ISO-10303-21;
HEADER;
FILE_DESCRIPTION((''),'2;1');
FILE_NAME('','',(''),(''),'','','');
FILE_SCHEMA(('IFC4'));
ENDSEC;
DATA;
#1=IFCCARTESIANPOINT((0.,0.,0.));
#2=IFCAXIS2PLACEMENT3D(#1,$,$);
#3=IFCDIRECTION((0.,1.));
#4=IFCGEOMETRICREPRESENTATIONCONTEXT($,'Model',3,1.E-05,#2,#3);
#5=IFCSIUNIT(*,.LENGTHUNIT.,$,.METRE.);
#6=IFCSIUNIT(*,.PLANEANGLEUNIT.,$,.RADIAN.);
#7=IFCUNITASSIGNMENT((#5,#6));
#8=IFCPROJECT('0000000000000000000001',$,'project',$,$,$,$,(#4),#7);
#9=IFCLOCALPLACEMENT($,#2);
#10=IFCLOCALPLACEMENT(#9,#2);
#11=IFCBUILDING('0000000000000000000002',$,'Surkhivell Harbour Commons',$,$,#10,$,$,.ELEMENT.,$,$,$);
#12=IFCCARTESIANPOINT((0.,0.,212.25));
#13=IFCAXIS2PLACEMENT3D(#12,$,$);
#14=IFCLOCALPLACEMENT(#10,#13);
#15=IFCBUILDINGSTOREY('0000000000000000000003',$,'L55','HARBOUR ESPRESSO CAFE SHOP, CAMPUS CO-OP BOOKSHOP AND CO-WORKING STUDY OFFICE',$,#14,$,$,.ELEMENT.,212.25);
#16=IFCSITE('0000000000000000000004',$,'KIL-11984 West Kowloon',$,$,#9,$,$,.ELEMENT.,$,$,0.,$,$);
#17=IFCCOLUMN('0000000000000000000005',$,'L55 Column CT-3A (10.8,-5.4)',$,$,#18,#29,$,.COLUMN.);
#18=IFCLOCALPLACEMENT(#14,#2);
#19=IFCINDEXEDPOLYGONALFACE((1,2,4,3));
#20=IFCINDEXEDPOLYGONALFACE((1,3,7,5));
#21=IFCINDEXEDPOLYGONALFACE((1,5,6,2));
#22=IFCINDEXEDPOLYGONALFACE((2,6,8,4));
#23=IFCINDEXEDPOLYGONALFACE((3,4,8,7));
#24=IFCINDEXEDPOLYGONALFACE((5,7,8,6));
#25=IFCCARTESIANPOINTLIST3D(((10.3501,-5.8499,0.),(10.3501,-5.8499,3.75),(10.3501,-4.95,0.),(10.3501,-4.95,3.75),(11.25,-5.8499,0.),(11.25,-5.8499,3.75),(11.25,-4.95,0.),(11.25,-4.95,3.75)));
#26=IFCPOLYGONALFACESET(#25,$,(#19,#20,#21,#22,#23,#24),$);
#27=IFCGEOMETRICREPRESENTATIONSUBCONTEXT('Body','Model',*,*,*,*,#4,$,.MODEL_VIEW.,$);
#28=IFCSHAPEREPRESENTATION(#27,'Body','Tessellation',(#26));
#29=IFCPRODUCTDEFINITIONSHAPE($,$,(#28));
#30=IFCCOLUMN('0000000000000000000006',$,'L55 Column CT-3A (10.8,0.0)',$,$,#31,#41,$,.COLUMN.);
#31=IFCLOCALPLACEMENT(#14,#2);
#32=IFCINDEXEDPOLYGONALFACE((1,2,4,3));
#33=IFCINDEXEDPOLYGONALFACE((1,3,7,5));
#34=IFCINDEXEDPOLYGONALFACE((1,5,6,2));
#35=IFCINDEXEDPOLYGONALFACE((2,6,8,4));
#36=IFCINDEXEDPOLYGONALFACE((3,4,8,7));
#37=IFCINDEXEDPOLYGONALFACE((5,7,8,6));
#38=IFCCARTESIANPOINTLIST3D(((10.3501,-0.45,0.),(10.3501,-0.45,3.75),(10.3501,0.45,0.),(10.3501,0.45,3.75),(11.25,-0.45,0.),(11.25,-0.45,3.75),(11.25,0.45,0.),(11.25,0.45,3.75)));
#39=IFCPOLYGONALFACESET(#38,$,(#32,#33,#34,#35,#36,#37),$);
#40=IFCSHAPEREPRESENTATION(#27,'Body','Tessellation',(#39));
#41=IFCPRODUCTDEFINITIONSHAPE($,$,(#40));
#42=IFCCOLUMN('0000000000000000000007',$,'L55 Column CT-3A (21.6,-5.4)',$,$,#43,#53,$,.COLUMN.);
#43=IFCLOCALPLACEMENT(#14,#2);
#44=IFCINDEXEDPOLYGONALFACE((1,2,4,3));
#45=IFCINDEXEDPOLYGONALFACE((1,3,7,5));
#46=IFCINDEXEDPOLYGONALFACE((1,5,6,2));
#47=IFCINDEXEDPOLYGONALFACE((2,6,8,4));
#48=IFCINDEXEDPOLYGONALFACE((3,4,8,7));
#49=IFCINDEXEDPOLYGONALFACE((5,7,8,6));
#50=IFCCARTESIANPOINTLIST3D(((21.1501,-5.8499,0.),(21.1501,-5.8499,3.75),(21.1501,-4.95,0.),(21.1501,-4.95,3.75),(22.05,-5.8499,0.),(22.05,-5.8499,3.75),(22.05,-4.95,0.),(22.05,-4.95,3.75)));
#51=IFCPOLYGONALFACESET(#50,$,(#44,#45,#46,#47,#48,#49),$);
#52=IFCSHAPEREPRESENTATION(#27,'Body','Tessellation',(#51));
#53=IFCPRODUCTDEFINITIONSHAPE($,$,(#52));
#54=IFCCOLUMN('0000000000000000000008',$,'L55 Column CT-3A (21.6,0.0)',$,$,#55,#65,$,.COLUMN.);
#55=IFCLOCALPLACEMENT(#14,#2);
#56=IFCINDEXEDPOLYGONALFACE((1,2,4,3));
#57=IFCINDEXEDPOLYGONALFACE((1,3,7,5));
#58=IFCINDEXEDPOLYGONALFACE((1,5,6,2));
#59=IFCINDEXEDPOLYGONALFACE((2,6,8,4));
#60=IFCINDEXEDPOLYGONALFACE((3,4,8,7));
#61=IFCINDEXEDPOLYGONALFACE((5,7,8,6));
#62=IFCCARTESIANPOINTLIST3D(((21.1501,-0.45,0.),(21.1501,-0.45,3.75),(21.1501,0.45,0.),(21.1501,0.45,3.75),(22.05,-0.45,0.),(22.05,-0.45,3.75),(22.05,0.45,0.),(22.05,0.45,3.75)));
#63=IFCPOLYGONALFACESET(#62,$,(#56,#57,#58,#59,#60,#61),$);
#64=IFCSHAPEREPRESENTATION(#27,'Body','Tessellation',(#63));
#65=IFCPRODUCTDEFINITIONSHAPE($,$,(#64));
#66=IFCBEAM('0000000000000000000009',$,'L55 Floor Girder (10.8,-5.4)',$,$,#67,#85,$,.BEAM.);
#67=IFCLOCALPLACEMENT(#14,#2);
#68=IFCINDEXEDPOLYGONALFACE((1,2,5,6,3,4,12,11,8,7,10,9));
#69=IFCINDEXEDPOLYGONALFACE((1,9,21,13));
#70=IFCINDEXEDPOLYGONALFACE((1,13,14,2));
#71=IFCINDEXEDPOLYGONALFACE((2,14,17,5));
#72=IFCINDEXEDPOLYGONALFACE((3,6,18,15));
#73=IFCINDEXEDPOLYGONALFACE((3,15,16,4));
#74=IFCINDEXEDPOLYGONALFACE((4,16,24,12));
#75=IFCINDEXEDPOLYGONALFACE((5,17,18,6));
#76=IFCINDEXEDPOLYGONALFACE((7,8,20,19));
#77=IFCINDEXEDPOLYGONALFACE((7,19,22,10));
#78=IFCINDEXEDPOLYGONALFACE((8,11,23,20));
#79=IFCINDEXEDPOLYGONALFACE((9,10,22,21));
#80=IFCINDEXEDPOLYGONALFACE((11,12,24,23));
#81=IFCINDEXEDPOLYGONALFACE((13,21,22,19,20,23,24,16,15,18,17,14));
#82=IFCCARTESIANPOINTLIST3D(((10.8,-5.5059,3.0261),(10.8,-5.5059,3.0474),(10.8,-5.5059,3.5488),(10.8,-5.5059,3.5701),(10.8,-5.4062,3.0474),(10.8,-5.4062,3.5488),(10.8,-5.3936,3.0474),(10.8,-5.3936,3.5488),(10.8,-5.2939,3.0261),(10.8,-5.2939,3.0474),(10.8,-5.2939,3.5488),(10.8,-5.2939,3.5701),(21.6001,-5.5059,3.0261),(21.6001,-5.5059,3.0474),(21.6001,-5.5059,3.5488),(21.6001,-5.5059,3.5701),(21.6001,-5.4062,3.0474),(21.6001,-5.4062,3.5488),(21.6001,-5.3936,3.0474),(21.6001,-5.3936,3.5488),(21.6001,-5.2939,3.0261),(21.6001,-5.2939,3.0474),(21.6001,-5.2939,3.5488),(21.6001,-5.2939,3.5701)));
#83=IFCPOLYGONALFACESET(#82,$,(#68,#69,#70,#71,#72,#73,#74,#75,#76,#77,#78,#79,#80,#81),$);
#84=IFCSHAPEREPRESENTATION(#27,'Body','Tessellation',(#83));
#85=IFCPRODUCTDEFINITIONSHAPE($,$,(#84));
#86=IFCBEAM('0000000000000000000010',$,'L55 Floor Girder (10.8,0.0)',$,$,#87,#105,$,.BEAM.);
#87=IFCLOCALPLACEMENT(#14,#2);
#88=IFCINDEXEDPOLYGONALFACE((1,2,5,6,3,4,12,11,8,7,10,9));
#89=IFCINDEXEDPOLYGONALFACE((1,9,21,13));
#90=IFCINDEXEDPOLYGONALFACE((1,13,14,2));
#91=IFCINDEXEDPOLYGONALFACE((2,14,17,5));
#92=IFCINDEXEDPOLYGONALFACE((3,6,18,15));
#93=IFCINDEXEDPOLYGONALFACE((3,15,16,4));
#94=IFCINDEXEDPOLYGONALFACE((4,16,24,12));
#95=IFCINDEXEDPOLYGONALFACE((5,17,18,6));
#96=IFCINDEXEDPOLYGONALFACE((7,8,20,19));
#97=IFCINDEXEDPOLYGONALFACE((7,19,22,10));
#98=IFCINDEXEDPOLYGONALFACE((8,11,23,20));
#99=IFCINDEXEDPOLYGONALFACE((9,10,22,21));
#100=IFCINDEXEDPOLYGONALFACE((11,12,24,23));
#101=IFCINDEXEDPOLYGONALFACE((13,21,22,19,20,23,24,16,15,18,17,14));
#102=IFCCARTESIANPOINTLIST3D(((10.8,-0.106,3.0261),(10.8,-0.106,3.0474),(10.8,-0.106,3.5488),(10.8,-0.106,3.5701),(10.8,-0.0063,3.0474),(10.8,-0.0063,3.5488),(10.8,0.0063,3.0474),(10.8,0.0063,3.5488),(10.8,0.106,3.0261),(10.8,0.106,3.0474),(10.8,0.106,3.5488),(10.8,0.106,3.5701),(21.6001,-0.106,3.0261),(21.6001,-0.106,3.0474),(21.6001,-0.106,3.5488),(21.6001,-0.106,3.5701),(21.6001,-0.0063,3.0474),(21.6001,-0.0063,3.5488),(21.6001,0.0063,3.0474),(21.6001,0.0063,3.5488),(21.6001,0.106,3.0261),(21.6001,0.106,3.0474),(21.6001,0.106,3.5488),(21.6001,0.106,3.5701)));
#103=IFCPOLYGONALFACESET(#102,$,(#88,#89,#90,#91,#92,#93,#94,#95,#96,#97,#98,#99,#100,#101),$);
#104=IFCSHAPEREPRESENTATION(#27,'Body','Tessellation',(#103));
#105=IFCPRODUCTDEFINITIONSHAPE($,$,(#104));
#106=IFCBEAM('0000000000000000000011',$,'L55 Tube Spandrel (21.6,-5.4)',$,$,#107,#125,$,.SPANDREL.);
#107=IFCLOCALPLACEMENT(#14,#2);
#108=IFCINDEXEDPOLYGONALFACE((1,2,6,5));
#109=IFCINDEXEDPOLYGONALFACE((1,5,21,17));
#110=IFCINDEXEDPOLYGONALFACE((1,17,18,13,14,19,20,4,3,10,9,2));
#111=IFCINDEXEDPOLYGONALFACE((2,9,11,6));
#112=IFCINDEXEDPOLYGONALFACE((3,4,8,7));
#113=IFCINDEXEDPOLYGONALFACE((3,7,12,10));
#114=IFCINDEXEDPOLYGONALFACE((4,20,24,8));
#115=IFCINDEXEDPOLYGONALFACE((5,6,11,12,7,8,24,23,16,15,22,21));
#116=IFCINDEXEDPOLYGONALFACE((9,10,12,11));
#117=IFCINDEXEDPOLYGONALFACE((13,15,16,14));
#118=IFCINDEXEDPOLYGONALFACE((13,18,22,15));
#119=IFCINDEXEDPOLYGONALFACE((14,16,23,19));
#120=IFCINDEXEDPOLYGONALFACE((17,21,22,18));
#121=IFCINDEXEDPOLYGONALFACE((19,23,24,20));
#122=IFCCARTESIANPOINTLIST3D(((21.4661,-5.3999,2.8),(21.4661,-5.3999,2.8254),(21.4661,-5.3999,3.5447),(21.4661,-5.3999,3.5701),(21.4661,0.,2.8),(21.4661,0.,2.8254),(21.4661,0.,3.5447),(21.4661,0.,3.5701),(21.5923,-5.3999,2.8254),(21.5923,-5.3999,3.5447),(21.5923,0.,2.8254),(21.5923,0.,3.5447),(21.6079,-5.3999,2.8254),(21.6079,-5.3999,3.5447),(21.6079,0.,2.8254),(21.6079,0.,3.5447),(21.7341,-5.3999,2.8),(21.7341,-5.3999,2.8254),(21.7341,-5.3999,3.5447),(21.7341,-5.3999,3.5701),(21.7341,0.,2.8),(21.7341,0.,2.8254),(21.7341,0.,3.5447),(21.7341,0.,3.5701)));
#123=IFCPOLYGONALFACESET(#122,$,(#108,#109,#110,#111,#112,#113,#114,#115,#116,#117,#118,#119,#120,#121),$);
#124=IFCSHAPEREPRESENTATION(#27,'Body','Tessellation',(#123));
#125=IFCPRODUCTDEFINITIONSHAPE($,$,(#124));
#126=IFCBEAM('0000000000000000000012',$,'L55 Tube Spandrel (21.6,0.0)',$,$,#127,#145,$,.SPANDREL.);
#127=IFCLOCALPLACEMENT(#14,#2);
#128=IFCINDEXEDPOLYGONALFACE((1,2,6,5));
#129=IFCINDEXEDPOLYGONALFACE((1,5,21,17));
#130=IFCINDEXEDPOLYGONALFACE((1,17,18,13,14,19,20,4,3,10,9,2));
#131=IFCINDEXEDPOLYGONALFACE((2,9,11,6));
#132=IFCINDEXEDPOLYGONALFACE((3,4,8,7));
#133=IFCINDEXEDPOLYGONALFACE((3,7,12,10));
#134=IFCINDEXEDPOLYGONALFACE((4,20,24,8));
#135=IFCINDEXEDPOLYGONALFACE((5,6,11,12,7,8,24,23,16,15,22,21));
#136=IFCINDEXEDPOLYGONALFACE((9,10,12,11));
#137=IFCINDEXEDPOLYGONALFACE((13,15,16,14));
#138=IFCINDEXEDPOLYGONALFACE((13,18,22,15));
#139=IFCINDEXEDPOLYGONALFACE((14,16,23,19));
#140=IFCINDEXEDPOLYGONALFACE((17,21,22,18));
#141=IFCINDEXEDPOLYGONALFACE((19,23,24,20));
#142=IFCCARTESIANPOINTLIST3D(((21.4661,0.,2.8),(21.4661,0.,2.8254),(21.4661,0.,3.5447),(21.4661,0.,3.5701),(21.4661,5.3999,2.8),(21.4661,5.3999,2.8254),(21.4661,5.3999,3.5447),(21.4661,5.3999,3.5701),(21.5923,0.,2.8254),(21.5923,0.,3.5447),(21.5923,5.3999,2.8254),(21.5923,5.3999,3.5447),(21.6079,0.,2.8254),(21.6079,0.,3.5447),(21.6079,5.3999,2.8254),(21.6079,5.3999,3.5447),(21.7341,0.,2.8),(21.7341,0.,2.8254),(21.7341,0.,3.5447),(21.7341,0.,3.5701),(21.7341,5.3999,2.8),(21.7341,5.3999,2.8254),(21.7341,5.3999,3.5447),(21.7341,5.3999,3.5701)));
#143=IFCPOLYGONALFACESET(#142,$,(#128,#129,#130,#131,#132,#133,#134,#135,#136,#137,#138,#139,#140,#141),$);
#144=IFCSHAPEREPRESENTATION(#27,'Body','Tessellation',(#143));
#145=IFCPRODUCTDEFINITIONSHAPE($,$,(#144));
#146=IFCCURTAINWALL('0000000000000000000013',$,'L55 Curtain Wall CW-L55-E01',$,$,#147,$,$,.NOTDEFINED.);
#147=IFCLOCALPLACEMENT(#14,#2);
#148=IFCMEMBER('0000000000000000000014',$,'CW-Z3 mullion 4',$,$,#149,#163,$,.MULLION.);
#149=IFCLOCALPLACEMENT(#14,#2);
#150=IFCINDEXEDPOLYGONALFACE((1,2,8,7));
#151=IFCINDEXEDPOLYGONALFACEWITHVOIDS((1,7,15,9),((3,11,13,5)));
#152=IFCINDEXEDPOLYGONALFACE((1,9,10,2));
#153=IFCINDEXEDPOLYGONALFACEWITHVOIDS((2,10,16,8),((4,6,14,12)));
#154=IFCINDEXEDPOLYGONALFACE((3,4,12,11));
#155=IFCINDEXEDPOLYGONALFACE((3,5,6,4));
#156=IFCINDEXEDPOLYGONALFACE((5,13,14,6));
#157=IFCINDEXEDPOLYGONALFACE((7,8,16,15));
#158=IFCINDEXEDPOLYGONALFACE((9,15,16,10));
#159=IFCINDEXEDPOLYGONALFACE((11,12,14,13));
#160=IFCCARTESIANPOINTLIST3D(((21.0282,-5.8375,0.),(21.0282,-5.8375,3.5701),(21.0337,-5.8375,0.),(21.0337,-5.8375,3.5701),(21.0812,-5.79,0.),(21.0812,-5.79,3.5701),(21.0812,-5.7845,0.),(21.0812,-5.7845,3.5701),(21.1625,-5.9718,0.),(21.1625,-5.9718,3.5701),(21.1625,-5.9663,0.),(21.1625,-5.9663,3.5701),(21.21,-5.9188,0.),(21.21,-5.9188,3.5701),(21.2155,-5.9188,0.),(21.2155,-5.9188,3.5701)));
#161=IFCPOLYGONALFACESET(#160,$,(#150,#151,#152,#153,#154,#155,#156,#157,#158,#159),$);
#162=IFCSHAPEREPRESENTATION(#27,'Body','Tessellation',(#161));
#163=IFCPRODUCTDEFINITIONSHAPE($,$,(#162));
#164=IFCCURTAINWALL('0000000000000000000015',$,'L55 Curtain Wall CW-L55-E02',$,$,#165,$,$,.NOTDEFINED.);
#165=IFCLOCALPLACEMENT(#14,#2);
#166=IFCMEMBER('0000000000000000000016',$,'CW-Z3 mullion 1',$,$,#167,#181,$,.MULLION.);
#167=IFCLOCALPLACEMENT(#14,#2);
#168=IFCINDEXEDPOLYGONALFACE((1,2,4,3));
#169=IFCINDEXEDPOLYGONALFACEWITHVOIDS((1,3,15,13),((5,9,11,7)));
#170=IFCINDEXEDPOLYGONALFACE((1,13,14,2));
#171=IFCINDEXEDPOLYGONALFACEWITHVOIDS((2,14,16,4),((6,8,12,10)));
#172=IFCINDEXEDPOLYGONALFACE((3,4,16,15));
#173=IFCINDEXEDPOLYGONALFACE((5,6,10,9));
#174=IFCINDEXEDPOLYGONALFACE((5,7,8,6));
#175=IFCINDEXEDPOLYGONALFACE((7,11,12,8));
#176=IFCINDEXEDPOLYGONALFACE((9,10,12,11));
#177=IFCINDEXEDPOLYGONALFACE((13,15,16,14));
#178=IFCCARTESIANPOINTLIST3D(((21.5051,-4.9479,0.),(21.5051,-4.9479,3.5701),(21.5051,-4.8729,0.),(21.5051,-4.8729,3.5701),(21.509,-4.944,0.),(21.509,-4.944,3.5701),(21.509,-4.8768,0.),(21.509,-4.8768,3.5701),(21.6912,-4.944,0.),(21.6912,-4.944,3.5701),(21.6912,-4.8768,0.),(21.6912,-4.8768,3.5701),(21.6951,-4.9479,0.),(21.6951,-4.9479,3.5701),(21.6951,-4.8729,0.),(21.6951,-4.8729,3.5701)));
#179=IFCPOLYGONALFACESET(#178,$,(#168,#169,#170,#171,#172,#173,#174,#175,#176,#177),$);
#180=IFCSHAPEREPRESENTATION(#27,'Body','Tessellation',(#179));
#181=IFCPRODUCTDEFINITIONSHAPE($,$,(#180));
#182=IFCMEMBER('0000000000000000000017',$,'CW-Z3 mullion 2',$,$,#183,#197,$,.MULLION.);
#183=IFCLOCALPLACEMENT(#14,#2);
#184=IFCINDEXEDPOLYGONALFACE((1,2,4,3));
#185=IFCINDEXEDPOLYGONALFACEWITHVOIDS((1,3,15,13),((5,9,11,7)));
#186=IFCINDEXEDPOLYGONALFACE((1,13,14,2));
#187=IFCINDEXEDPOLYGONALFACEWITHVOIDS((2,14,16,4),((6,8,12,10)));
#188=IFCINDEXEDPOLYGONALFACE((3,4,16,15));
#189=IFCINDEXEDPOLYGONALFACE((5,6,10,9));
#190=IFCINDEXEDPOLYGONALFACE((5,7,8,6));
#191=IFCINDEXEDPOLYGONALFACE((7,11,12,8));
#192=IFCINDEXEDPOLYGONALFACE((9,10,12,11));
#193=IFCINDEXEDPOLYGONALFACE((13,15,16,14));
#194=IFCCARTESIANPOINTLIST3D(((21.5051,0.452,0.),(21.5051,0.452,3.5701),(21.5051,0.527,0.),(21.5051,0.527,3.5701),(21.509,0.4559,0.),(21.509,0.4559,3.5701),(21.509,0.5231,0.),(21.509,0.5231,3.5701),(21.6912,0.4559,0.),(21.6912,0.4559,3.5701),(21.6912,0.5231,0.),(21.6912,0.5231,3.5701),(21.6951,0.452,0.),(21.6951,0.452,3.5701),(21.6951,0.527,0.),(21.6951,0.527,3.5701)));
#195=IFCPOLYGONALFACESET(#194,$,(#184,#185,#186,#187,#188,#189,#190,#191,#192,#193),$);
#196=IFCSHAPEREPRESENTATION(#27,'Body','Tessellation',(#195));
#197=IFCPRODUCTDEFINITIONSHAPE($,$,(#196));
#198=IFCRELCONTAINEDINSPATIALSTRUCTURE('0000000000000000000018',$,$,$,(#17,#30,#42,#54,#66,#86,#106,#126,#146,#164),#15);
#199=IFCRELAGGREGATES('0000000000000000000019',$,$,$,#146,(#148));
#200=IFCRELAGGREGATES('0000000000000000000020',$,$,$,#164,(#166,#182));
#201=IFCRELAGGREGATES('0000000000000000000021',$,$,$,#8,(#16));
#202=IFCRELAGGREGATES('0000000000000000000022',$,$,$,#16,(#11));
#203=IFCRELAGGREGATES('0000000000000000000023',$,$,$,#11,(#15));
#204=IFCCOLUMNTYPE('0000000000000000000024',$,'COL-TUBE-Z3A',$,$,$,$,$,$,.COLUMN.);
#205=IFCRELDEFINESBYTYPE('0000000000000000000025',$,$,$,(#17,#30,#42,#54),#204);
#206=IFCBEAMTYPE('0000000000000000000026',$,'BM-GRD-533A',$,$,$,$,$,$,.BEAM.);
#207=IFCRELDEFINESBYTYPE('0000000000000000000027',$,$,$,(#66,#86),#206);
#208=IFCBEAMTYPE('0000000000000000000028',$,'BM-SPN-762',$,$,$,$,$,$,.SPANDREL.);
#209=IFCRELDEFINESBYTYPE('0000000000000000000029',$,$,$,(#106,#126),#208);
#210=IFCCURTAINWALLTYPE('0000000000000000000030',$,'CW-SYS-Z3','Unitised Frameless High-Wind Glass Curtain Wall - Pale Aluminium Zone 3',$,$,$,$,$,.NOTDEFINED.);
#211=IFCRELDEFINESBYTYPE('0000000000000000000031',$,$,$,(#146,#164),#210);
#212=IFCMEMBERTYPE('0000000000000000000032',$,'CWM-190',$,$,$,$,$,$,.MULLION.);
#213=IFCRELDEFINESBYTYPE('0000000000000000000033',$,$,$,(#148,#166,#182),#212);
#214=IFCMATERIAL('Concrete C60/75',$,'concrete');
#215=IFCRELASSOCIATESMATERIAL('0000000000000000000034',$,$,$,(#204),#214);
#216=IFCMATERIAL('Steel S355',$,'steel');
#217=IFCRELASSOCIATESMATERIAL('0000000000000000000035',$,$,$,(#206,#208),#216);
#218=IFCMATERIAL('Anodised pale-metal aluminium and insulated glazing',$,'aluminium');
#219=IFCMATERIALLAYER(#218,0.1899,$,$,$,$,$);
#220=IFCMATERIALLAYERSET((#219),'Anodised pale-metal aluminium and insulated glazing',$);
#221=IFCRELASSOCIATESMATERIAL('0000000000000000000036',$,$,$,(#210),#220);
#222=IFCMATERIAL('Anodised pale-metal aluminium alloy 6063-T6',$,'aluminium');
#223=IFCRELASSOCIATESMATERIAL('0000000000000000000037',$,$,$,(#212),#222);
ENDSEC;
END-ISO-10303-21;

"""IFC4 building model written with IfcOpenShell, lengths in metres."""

from ifc_helpers import new_model, si_unit, direction, frame, origin, origin_2d, place, context, subcontext, project, spatial, rectangle, hollow_rectangle, i_section, extrude, material, layer, layer_set, material_profile, profile_set, type_object, element, aggregate, save


model = new_model("IFC4")

# Units and contexts
model_context = context("Model", 3, precision=1e-05, world=origin(), true_north=direction((0.0, 1.0)))
body_context = subcontext(model_context, "Body", "Model", "MODEL_VIEW")
ifc_project = project(units=[si_unit("LENGTHUNIT", "METRE"), si_unit("PLANEANGLEUNIT", "RADIAN")], contexts=[model_context])

# Site, building, storey
site_placement = place(None, origin())
site = spatial("IfcSite", under=ifc_project, at=site_placement, Name="KIL-11984 West Kowloon", CompositionType="ELEMENT", RefElevation=0.0)
building_placement = place(site_placement, origin())
building = spatial("IfcBuilding", under=site, at=building_placement, Name="Surkhivell Harbour Commons", CompositionType="ELEMENT")
storey_placement = place(building_placement, frame((0.0, 0.0, 212.25)))
storey = spatial("IfcBuildingStorey", under=building, at=storey_placement, Name="L55", Description="HARBOUR ESPRESSO CAFE SHOP, CAMPUS CO-OP BOOKSHOP AND CO-WORKING STUDY OFFICE", CompositionType="ELEMENT", Elevation=212.25)

# Columns
ifc_material_1 = material(Name="Concrete C60/75", Category="concrete")
ifc_material_profile_1 = material_profile(ifc_material_1, rectangle(XDim=0.8999, YDim=0.8999, at=origin_2d()), Name="RC-COL-900x900")
ifc_profile_set_1 = profile_set([ifc_material_profile_1], Name="Concrete C60/75")
column_type = type_object("IfcColumnType", Name="COL-TUBE-Z3A", PredefinedType="COLUMN", material=ifc_profile_set_1)
for number, where, z_axis, x_axis, name in (
    (1, (10.8, -5.3999, 0.0), (0.0, 0.0, 1.0), (1.0, 0.0, 0.0), "L55 Column CT-3A (10.8,-5.4)"),
    (2, (10.8, 0.0, 0.0), (0.0, 0.0, 1.0), (1.0, 0.0, 0.0), "L55 Column CT-3A (10.8,0.0)"),
    (3, (21.6001, -5.3999, 0.0), (0.0, 0.0, 1.0), (1.0, 0.0, 0.0), "L55 Column CT-3A (21.6,-5.4)"),
    (4, (21.6001, 0.0, 0.0), (0.0, 0.0, 1.0), (1.0, 0.0, 0.0), "L55 Column CT-3A (21.6,0.0)"),
):
    element("IfcColumn", number, at=place(storey_placement, frame(where, z_axis=z_axis, x_axis=x_axis)), inside=storey, type_object=column_type, Name=name, PredefinedType="COLUMN", context=body_context, shape_type="SweptSolid", body=[
        extrude(rectangle(XDim=0.8999, YDim=0.8999, at=origin_2d()), origin(), (0.0, 0.0, 1.0), 3.75),
    ])

# Beams
ifc_material_2 = material(Name="Steel S355", Category="steel")
ifc_material_profile_2 = material_profile(ifc_material_2, i_section(OverallWidth=0.2119, OverallDepth=0.5439, WebThickness=0.0127, FlangeThickness=0.0212, at=origin_2d()), Name="UB533x210x122")
ifc_profile_set_2 = profile_set([ifc_material_profile_2], Name="Steel S355")
beam_type_1 = type_object("IfcBeamType", Name="BM-GRD-533A", PredefinedType="BEAM", material=ifc_profile_set_2)
for number, where, z_axis, x_axis, name in (
    (5, (10.8, -5.3999, 3.2981), (1.0, 0.0, 0.0), (0.0, 1.0, 0.0), "L55 Floor Girder (10.8,-5.4)"),
    (6, (10.8, 0.0, 3.2981), (1.0, 0.0, 0.0), (0.0, 1.0, 0.0), "L55 Floor Girder (10.8,0.0)"),
):
    element("IfcBeam", number, at=place(storey_placement, frame(where, z_axis=z_axis, x_axis=x_axis)), inside=storey, type_object=beam_type_1, Name=name, PredefinedType="BEAM", context=body_context, shape_type="SweptSolid", body=[
        extrude(i_section(OverallWidth=0.2119, OverallDepth=0.5439, WebThickness=0.0127, FlangeThickness=0.0212, at=origin_2d()), origin(), (0.0, 0.0, 1.0), 10.8),
    ])
ifc_material_profile_3 = material_profile(ifc_material_2, i_section(OverallWidth=0.2681, OverallDepth=0.77, WebThickness=0.0156, FlangeThickness=0.0254, at=origin_2d()), Name="UB762x267x197")
ifc_profile_set_3 = profile_set([ifc_material_profile_3], Name="Steel S355")
beam_type_2 = type_object("IfcBeamType", Name="BM-SPN-762", PredefinedType="SPANDREL", material=ifc_profile_set_3)
for number, where, z_axis, x_axis, name in (
    (7, (21.6001, -5.3999, 3.1851), (0.0, 1.0, 0.0), (-1.0, 0.0, 0.0), "L55 Tube Spandrel (21.6,-5.4)"),
    (8, (21.6001, 0.0, 3.1851), (0.0, 1.0, 0.0), (-1.0, 0.0, 0.0), "L55 Tube Spandrel (21.6,0.0)"),
):
    element("IfcBeam", number, at=place(storey_placement, frame(where, z_axis=z_axis, x_axis=x_axis)), inside=storey, type_object=beam_type_2, Name=name, PredefinedType="SPANDREL", context=body_context, shape_type="SweptSolid", body=[
        extrude(i_section(OverallWidth=0.2681, OverallDepth=0.77, WebThickness=0.0156, FlangeThickness=0.0254, at=origin_2d()), origin(), (0.0, 0.0, 1.0), 5.3999),
    ])

# Curtain wall, member
ifc_material_3 = material(Name="Anodised pale-metal aluminium and insulated glazing", Category="aluminium")
ifc_layer_1 = layer(ifc_material_3, 0.1899)
ifc_layer_set_1 = layer_set([ifc_layer_1], Name="Anodised pale-metal aluminium and insulated glazing")
curtain_wall_type = type_object("IfcCurtainWallType", Name="CW-SYS-Z3", Description="Unitised Frameless High-Wind Glass Curtain Wall - Pale Aluminium Zone 3", PredefinedType="NOTDEFINED", material=ifc_layer_set_1)
curtain_wall_1_placement = place(storey_placement, origin())
curtain_wall_1 = element("IfcCurtainWall", 9, at=curtain_wall_1_placement, inside=storey, type_object=curtain_wall_type, Name="L55 Curtain Wall CW-L55-E01", PredefinedType="NOTDEFINED")
ifc_material_4 = material(Name="Anodised pale-metal aluminium alloy 6063-T6", Category="aluminium")
ifc_material_profile_4 = material_profile(ifc_material_4, hollow_rectangle(XDim=0.075, YDim=0.1899, WallThickness=0.0039, at=origin_2d()), Name="ALU-MULL-75x190")
ifc_profile_set_4 = profile_set([ifc_material_profile_4], Name="Anodised pale-metal aluminium alloy 6063-T6")
member_type_1 = type_object("IfcMemberType", Name="CWM-190", PredefinedType="MULLION", material=ifc_profile_set_4)
member_1_placement = place(storey_placement, frame((21.1218, -5.8782, 0.0), z_axis=(0.0, 0.0, 1.0), x_axis=(0.707107, 0.707107, 0.0)))
member_1 = element("IfcMember", 10, at=member_1_placement, type_object=member_type_1, Name="CW-Z3 mullion 4", PredefinedType="MULLION", context=body_context, shape_type="SweptSolid", body=[
    extrude(hollow_rectangle(XDim=0.075, YDim=0.1899, WallThickness=0.0039, at=origin_2d()), origin(), (0.0, 0.0, 1.0), 3.5701),
])
aggregate(curtain_wall_1, [member_1])

# Curtain wall, members
curtain_wall_2_placement = place(storey_placement, origin())
curtain_wall_2 = element("IfcCurtainWall", 11, at=curtain_wall_2_placement, inside=storey, type_object=curtain_wall_type, Name="L55 Curtain Wall CW-L55-E02", PredefinedType="NOTDEFINED")
member_2_placement = place(storey_placement, frame((21.6001, -4.9104, 0.0), z_axis=(0.0, 0.0, 1.0), x_axis=(0.0, 1.0, 0.0)))
member_2 = element("IfcMember", 12, at=member_2_placement, type_object=member_type_1, Name="CW-Z3 mullion 1", PredefinedType="MULLION", context=body_context, shape_type="SweptSolid", body=[
    extrude(hollow_rectangle(XDim=0.075, YDim=0.1899, WallThickness=0.0039, at=origin_2d()), origin(), (0.0, 0.0, 1.0), 3.5701),
])
member_3_placement = place(storey_placement, frame((21.6001, 0.4895, 0.0), z_axis=(0.0, 0.0, 1.0), x_axis=(0.0, 1.0, 0.0)))
member_3 = element("IfcMember", 13, at=member_3_placement, type_object=member_type_1, Name="CW-Z3 mullion 2", PredefinedType="MULLION", context=body_context, shape_type="SweptSolid", body=[
    extrude(hollow_rectangle(XDim=0.075, YDim=0.1899, WallThickness=0.0039, at=origin_2d()), origin(), (0.0, 0.0, 1.0), 3.5701),
])
aggregate(curtain_wall_2, [member_2, member_3])

save(model, "model.ifc")
